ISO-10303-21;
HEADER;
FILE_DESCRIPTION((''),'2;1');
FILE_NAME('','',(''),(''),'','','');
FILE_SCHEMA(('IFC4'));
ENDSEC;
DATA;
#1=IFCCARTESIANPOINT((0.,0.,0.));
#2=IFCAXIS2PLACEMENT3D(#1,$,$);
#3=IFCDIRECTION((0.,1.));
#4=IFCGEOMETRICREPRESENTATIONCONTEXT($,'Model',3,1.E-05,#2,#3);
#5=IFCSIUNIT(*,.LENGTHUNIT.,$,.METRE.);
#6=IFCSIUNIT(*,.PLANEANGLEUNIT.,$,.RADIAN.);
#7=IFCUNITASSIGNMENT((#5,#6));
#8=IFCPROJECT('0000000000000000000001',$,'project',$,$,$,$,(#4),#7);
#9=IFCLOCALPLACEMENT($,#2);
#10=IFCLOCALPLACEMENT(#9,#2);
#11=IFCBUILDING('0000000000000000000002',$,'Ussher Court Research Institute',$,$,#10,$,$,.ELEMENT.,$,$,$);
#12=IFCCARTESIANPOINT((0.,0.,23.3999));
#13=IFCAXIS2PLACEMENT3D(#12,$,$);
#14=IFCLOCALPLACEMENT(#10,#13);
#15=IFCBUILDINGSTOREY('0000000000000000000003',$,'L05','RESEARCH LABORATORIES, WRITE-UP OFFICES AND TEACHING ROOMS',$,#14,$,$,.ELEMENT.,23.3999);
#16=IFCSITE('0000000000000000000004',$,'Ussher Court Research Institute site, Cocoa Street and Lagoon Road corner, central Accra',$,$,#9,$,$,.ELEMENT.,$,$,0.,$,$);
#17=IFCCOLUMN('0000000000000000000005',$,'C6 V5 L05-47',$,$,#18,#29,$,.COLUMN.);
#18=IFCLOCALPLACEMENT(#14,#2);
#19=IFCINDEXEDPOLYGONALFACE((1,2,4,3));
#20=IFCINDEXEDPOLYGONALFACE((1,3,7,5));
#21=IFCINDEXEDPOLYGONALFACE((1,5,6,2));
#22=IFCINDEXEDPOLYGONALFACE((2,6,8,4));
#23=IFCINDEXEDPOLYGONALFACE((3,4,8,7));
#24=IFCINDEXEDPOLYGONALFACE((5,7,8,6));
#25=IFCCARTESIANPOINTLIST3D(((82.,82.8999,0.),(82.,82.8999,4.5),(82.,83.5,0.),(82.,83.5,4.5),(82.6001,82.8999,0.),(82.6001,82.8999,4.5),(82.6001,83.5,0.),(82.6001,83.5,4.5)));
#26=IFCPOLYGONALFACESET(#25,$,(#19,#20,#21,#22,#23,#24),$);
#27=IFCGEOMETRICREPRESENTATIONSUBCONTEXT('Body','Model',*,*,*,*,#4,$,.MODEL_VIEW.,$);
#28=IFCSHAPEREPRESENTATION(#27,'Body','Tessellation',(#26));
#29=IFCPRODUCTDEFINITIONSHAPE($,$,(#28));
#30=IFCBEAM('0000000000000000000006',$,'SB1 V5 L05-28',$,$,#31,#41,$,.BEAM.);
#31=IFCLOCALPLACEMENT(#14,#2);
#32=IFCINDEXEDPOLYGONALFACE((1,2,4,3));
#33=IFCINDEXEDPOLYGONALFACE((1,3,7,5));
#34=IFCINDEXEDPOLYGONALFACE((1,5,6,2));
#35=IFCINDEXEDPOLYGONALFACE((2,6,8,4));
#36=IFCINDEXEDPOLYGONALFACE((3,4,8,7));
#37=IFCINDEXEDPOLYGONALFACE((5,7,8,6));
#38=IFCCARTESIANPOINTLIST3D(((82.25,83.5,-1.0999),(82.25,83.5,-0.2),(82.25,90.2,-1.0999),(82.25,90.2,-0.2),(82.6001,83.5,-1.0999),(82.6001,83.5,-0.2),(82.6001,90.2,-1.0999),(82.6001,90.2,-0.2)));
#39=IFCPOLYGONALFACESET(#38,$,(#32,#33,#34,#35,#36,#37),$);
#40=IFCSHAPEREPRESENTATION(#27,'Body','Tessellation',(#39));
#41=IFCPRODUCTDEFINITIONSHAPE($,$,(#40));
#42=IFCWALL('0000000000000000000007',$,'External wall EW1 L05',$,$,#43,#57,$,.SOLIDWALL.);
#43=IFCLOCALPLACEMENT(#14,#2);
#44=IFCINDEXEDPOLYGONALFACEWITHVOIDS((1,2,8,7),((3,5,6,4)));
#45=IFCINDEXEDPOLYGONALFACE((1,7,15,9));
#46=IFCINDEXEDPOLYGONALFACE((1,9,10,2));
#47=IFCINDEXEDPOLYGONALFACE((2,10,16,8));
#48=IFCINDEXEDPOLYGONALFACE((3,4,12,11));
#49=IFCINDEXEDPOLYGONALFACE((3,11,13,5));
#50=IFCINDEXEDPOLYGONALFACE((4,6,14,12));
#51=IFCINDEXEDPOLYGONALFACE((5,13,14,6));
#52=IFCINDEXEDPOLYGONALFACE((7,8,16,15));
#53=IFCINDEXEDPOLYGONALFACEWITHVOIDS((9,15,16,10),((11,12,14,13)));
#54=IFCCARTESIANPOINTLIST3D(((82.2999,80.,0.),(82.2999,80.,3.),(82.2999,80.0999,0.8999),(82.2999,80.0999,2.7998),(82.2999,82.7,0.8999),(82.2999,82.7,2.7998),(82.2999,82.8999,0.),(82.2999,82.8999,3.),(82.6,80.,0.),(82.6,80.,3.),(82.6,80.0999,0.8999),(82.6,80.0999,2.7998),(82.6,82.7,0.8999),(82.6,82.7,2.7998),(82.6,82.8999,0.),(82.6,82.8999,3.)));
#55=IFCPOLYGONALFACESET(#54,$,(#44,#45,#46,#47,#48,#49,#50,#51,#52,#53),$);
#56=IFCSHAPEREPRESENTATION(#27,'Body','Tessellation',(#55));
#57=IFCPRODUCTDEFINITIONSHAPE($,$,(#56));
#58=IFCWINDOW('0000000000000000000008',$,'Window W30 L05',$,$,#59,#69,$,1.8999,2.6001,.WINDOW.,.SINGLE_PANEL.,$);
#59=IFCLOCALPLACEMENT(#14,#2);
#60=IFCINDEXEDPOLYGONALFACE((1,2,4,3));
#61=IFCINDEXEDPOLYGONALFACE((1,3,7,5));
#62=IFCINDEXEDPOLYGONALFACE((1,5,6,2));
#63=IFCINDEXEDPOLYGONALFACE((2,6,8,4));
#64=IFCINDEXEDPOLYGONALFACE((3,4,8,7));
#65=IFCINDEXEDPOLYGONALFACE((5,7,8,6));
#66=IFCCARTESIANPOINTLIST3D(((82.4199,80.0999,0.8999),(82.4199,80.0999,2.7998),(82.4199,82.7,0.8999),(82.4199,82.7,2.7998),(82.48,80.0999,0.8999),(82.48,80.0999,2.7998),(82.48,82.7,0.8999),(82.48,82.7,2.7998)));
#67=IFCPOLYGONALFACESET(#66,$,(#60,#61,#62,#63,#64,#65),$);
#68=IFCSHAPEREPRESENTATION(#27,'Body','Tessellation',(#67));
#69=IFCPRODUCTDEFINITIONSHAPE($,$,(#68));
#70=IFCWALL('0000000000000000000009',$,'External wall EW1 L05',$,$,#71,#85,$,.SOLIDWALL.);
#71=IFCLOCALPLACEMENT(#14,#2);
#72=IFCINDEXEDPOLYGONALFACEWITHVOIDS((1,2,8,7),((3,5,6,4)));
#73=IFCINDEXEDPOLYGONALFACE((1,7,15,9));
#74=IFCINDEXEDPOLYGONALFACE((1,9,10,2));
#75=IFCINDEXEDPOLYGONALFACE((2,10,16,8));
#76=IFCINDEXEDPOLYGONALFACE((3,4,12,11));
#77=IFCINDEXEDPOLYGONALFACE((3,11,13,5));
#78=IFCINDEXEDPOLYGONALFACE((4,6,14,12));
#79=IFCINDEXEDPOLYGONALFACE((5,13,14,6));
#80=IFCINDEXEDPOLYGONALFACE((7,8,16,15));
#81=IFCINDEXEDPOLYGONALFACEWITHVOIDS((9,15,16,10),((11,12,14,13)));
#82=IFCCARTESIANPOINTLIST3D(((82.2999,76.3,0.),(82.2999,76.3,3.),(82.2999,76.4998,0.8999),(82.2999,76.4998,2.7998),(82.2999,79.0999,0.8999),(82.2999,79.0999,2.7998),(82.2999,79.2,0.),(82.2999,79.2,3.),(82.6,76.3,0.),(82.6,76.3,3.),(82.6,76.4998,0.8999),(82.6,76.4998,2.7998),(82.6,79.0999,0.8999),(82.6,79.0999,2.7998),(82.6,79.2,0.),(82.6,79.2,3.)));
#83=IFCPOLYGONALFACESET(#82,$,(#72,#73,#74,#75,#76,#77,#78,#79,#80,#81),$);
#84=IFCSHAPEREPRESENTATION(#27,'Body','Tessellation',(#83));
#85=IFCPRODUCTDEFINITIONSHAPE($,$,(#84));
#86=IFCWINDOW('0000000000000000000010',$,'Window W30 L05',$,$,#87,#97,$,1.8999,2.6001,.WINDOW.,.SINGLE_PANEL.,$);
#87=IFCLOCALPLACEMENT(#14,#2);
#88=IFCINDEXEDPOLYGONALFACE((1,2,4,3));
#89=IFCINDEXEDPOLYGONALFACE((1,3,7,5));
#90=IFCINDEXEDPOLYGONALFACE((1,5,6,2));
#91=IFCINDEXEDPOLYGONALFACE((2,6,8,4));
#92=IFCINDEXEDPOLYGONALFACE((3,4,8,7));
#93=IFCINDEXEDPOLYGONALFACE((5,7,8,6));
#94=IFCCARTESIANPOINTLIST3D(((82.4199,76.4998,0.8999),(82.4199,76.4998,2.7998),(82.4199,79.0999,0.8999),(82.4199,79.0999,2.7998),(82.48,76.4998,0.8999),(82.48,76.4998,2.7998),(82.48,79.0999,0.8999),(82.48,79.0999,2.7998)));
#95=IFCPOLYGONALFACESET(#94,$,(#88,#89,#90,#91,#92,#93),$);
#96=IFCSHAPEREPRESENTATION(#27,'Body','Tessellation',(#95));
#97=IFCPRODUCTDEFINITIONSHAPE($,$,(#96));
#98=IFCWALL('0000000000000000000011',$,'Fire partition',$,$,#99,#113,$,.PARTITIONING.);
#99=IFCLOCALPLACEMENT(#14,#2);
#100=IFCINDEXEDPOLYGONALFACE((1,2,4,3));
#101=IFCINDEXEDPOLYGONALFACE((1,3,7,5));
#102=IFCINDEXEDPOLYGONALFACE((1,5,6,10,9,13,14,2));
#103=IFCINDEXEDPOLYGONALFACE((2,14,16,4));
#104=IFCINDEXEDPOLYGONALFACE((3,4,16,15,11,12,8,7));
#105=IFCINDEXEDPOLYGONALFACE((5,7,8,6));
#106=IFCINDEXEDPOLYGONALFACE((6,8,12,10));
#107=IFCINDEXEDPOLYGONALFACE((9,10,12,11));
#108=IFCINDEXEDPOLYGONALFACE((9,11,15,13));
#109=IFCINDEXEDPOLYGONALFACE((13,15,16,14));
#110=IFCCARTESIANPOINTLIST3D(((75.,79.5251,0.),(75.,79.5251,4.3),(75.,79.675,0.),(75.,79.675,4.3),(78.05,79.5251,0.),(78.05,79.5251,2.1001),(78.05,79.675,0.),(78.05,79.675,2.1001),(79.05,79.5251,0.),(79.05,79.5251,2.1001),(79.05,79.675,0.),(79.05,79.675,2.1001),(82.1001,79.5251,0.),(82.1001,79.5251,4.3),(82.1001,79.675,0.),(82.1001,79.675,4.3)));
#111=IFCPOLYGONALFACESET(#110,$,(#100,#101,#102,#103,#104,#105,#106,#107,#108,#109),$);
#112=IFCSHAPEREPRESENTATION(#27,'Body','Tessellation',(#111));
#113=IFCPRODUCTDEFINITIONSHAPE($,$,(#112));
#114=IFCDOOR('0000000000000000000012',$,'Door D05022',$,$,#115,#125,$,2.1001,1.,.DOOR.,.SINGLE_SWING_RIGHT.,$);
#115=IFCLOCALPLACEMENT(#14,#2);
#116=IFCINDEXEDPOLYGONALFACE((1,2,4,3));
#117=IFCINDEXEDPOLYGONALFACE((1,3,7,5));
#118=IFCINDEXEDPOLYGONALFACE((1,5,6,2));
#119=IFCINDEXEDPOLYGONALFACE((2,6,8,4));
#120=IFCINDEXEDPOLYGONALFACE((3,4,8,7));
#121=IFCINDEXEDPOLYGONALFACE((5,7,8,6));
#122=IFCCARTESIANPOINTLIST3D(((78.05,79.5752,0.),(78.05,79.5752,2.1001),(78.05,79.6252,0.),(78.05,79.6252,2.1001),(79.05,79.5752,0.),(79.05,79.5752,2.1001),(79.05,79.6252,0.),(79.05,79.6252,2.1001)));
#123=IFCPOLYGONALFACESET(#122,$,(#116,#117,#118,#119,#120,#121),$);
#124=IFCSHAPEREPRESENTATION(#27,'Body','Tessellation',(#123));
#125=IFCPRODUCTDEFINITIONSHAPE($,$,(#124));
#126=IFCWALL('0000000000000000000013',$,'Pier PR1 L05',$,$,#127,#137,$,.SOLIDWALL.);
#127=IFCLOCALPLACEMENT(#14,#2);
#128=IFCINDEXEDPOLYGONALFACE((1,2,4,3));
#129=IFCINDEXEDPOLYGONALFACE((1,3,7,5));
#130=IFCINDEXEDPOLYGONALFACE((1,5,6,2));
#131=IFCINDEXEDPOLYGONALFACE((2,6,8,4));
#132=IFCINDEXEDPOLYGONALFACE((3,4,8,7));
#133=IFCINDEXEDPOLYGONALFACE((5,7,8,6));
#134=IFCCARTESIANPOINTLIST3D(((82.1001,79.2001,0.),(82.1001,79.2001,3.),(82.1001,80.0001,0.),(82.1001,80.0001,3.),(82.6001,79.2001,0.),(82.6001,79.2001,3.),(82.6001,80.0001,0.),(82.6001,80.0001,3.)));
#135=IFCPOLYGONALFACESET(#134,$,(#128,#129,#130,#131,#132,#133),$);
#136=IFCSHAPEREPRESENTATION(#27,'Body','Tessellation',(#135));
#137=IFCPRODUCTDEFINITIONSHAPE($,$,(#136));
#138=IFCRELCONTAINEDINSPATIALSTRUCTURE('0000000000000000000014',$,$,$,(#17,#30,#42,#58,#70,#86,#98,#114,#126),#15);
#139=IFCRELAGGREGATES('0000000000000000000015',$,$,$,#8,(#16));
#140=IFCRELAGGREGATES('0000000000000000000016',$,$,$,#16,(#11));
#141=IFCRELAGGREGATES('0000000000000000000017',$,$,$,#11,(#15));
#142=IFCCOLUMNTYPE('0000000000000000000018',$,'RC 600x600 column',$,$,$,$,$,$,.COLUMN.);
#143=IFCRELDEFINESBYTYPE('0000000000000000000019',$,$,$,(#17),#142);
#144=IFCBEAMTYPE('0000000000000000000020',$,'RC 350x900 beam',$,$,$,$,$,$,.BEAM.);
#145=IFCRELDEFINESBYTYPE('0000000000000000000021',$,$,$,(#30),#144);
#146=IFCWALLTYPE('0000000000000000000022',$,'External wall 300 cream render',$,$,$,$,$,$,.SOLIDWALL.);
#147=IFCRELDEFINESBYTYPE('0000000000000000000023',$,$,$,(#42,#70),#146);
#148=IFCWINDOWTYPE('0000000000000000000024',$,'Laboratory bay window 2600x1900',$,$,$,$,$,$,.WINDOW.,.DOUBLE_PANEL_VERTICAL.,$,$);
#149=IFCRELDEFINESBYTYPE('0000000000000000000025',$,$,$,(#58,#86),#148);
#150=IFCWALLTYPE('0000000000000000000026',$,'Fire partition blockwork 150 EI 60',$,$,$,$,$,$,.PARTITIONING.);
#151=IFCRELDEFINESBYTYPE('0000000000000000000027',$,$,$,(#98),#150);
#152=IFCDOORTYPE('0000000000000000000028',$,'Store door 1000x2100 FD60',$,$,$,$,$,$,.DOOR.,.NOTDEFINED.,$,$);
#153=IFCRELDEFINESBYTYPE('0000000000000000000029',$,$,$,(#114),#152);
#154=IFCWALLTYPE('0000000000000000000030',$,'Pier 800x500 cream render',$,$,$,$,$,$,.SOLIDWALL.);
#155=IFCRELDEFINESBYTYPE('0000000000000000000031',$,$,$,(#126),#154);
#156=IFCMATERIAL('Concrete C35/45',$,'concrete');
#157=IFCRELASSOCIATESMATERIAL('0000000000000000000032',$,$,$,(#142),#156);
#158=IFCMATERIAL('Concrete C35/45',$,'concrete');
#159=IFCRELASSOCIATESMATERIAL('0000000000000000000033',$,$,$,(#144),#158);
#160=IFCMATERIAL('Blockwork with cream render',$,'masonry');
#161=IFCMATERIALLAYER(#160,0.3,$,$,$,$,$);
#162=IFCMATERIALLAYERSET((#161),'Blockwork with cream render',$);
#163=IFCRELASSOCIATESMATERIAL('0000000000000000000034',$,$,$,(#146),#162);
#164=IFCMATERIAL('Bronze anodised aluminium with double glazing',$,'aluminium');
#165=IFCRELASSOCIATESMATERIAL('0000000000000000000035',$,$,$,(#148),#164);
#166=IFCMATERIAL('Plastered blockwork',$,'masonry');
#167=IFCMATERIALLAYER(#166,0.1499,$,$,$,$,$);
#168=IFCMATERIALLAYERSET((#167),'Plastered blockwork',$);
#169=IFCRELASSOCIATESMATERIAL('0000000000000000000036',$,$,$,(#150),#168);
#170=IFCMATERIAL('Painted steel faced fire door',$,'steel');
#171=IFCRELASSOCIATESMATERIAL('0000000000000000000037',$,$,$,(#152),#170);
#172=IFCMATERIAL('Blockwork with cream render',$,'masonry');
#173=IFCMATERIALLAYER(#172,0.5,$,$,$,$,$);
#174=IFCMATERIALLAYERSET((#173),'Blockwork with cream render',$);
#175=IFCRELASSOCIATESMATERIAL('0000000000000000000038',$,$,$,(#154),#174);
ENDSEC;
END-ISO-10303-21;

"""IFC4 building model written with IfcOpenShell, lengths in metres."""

from ifc_helpers import new_model, si_unit, direction, frame, frame_2d, origin, origin_2d, place, context, subcontext, project, spatial, rectangle, extrude, material, layer, layer_set, material_profile, profile_set, type_object, element, fill, save


model = new_model("IFC4")

# Units and contexts
model_context = context("Model", 3, precision=1e-05, world=origin(), true_north=direction((0.0, 1.0)))
body_context = subcontext(model_context, "Body", "Model", "MODEL_VIEW")
ifc_project = project(units=[si_unit("LENGTHUNIT", "METRE"), si_unit("PLANEANGLEUNIT", "RADIAN")], contexts=[model_context])

# Site, building, storey
site_placement = place(None, origin())
site = spatial("IfcSite", under=ifc_project, at=site_placement, Name="Ussher Court Research Institute site, Cocoa Street and Lagoon Road corner, central Accra", CompositionType="ELEMENT", RefElevation=0.0)
building_placement = place(site_placement, origin())
building = spatial("IfcBuilding", under=site, at=building_placement, Name="Ussher Court Research Institute", CompositionType="ELEMENT")
storey_placement = place(building_placement, frame((0.0, 0.0, 23.3999)))
storey = spatial("IfcBuildingStorey", under=building, at=storey_placement, Name="L05", Description="RESEARCH LABORATORIES, WRITE-UP OFFICES AND TEACHING ROOMS", CompositionType="ELEMENT", Elevation=23.3999)

# Column
ifc_material_1 = material(Name="Concrete C35/45", Category="concrete")
ifc_material_profile_1 = material_profile(ifc_material_1, rectangle(XDim=0.6001, YDim=0.6001, at=origin_2d()), Name="RC 600x600")
ifc_profile_set_1 = profile_set([ifc_material_profile_1], Name="Concrete C35/45")
column_type = type_object("IfcColumnType", Name="RC 600x600 column", PredefinedType="COLUMN", material=ifc_profile_set_1)
column_placement = place(storey_placement, frame((82.3, 83.2, 0.0), z_axis=(0.0, 0.0, 1.0), x_axis=(1.0, 0.0, 0.0)))
element("IfcColumn", 1, at=column_placement, inside=storey, type_object=column_type, Name="C6 V5 L05-47", PredefinedType="COLUMN", context=body_context, shape_type="SweptSolid", body=[
    extrude(rectangle(XDim=0.6001, YDim=0.6001, at=origin_2d()), origin(), (0.0, 0.0, 1.0), 4.5),
])

# Beam
ifc_material_2 = material(Name="Concrete C35/45", Category="concrete")
ifc_material_profile_2 = material_profile(ifc_material_2, rectangle(XDim=0.3501, YDim=0.8999, at=origin_2d()), Name="RC 350x900")
ifc_profile_set_2 = profile_set([ifc_material_profile_2], Name="Concrete C35/45")
beam_type = type_object("IfcBeamType", Name="RC 350x900 beam", PredefinedType="BEAM", material=ifc_profile_set_2)
beam_placement = place(storey_placement, frame((82.425, 83.5, -0.6499), z_axis=(0.0, 1.0, 0.0), x_axis=(-1.0, 0.0, 0.0)))
element("IfcBeam", 2, at=beam_placement, inside=storey, type_object=beam_type, Name="SB1 V5 L05-28", PredefinedType="BEAM", context=body_context, shape_type="SweptSolid", body=[
    extrude(rectangle(XDim=0.3501, YDim=0.8999, at=origin_2d()), origin(), (0.0, 0.0, 1.0), 6.7),
])

# Walls, openings, windows
ifc_material_3 = material(Name="Blockwork with cream render", Category="masonry")
ifc_layer_1 = layer(ifc_material_3, 0.3)
ifc_layer_set_1 = layer_set([ifc_layer_1], Name="Blockwork with cream render")
wall_type_1 = type_object("IfcWallType", Name="External wall 300 cream render", PredefinedType="SOLIDWALL", material=ifc_layer_set_1)
wall_1_placement = place(storey_placement, frame((82.45, 82.8999, 0.0), z_axis=(0.0, 0.0, 1.0), x_axis=(0.0, -1.0, 0.0)))
wall_1 = element("IfcWall", 3, at=wall_1_placement, inside=storey, type_object=wall_type_1, Name="External wall EW1 L05", PredefinedType="SOLIDWALL", context=body_context, shape_type="SweptSolid", body=[
    extrude(rectangle(XDim=2.8999, YDim=0.3, at=frame_2d((1.45, 0.0))), origin(), (0.0, 0.0, 1.0), 3.0),
])
opening_1_placement = place(wall_1_placement, frame((0.2, 0.0, 0.8999)))
opening_1 = element("IfcOpeningElement", 4, at=opening_1_placement, cuts=wall_1, PredefinedType="OPENING", context=body_context, shape_type="SweptSolid", body=[
    extrude(rectangle(XDim=2.6001, YDim=1.8999, at=frame_2d((1.3, 0.95))), frame((0.0, 0.1602, 0.0), z_axis=(0.0, -1.0, 0.0), x_axis=(1.0, 0.0, 0.0)), (0.0, 0.0, 1.0), 0.3201),
])
ifc_material_4 = material(Name="Bronze anodised aluminium with double glazing", Category="aluminium")
window_type = type_object("IfcWindowType", Name="Laboratory bay window 2600x1900", PartitioningType="DOUBLE_PANEL_VERTICAL", PredefinedType="WINDOW", material=ifc_material_4)
window_1_placement = place(opening_1_placement, origin())
window_1 = element("IfcWindow", 5, at=window_1_placement, inside=storey, type_object=window_type, Name="Window W30 L05", OverallHeight=1.8999, OverallWidth=2.6001, PartitioningType="SINGLE_PANEL", PredefinedType="WINDOW", context=body_context, shape_type="SweptSolid", body=[
    extrude(rectangle(XDim=2.6001, YDim=1.8999, at=frame_2d((1.3, 0.95))), frame((0.0, 0.03, 0.0), z_axis=(0.0, -1.0, 0.0), x_axis=(1.0, 0.0, 0.0)), (0.0, 0.0, 1.0), 0.0601),
])
fill(opening_1, window_1)
wall_2_placement = place(storey_placement, frame((82.45, 79.2, 0.0), z_axis=(0.0, 0.0, 1.0), x_axis=(0.0, -1.0, 0.0)))
wall_2 = element("IfcWall", 6, at=wall_2_placement, inside=storey, type_object=wall_type_1, Name="External wall EW1 L05", PredefinedType="SOLIDWALL", context=body_context, shape_type="SweptSolid", body=[
    extrude(rectangle(XDim=2.8999, YDim=0.3, at=frame_2d((1.45, 0.0))), origin(), (0.0, 0.0, 1.0), 3.0),
])
opening_2_placement = place(wall_2_placement, frame((0.1001, 0.0, 0.8999)))
opening_2 = element("IfcOpeningElement", 7, at=opening_2_placement, cuts=wall_2, PredefinedType="OPENING", context=body_context, shape_type="SweptSolid", body=[
    extrude(rectangle(XDim=2.6001, YDim=1.8999, at=frame_2d((1.3, 0.95))), frame((0.0, 0.1602, 0.0), z_axis=(0.0, -1.0, 0.0), x_axis=(1.0, 0.0, 0.0)), (0.0, 0.0, 1.0), 0.3201),
])
window_2_placement = place(opening_2_placement, origin())
window_2 = element("IfcWindow", 8, at=window_2_placement, inside=storey, type_object=window_type, Name="Window W30 L05", OverallHeight=1.8999, OverallWidth=2.6001, PartitioningType="SINGLE_PANEL", PredefinedType="WINDOW", context=body_context, shape_type="SweptSolid", body=[
    extrude(rectangle(XDim=2.6001, YDim=1.8999, at=frame_2d((1.3, 0.95))), frame((0.0, 0.03, 0.0), z_axis=(0.0, -1.0, 0.0), x_axis=(1.0, 0.0, 0.0)), (0.0, 0.0, 1.0), 0.0601),
])
fill(opening_2, window_2)

# Wall, opening, door
ifc_material_5 = material(Name="Plastered blockwork", Category="masonry")
ifc_layer_2 = layer(ifc_material_5, 0.1499)
ifc_layer_set_2 = layer_set([ifc_layer_2], Name="Plastered blockwork")
wall_type_2 = type_object("IfcWallType", Name="Fire partition blockwork 150 EI 60", PredefinedType="PARTITIONING", material=ifc_layer_set_2)
wall_3_placement = place(storey_placement, frame((82.1001, 79.6001, 0.0), z_axis=(0.0, 0.0, 1.0), x_axis=(-1.0, 0.0, 0.0)))
wall_3 = element("IfcWall", 9, at=wall_3_placement, inside=storey, type_object=wall_type_2, Name="Fire partition", PredefinedType="PARTITIONING", context=body_context, shape_type="SweptSolid", body=[
    extrude(rectangle(XDim=7.1001, YDim=0.1499, at=frame_2d((3.55, 0.0))), origin(), (0.0, 0.0, 1.0), 4.3),
])
opening_3_placement = place(wall_3_placement, frame((3.05, 0.0, 0.0)))
opening_3 = element("IfcOpeningElement", 10, at=opening_3_placement, cuts=wall_3, PredefinedType="OPENING", context=body_context, shape_type="SweptSolid", body=[
    extrude(rectangle(XDim=1.0, YDim=2.1001, at=frame_2d((0.5, 1.05))), frame((0.0, 0.085, 0.0), z_axis=(0.0, -1.0, 0.0), x_axis=(1.0, 0.0, 0.0)), (0.0, 0.0, 1.0), 0.1699),
])
ifc_material_6 = material(Name="Painted steel faced fire door", Category="steel")
door_type_1 = type_object("IfcDoorType", Name="Store door 1000x2100 FD60", OperationType="NOTDEFINED", PredefinedType="DOOR", material=ifc_material_6)
door_1_placement = place(opening_3_placement, origin())
door_1 = element("IfcDoor", 11, at=door_1_placement, inside=storey, type_object=door_type_1, Name="Door D05022", OperationType="SINGLE_SWING_RIGHT", OverallHeight=2.1001, OverallWidth=1.0, PredefinedType="DOOR", context=body_context, shape_type="SweptSolid", body=[
    extrude(rectangle(XDim=1.0, YDim=2.1001, at=frame_2d((0.5, 1.05))), frame((0.0, 0.0249, 0.0), z_axis=(0.0, -1.0, 0.0), x_axis=(1.0, 0.0, 0.0)), (0.0, 0.0, 1.0), 0.05),
])
fill(opening_3, door_1)

# Wall
ifc_material_7 = material(Name="Blockwork with cream render", Category="masonry")
ifc_layer_3 = layer(ifc_material_7, 0.5)
ifc_layer_set_3 = layer_set([ifc_layer_3], Name="Blockwork with cream render")
wall_type_3 = type_object("IfcWallType", Name="Pier 800x500 cream render", PredefinedType="SOLIDWALL", material=ifc_layer_set_3)
wall_4_placement = place(storey_placement, frame((82.3501, 80.0, 0.0), z_axis=(0.0, 0.0, 1.0), x_axis=(0.0, -1.0, 0.0)))
element("IfcWall", 12, at=wall_4_placement, inside=storey, type_object=wall_type_3, Name="Pier PR1 L05", PredefinedType="SOLIDWALL", context=body_context, shape_type="SweptSolid", body=[
    extrude(rectangle(XDim=0.8, YDim=0.5, at=frame_2d((0.3999, 0.0))), origin(), (0.0, 0.0, 1.0), 3.0),
])

save(model, "model.ifc")
